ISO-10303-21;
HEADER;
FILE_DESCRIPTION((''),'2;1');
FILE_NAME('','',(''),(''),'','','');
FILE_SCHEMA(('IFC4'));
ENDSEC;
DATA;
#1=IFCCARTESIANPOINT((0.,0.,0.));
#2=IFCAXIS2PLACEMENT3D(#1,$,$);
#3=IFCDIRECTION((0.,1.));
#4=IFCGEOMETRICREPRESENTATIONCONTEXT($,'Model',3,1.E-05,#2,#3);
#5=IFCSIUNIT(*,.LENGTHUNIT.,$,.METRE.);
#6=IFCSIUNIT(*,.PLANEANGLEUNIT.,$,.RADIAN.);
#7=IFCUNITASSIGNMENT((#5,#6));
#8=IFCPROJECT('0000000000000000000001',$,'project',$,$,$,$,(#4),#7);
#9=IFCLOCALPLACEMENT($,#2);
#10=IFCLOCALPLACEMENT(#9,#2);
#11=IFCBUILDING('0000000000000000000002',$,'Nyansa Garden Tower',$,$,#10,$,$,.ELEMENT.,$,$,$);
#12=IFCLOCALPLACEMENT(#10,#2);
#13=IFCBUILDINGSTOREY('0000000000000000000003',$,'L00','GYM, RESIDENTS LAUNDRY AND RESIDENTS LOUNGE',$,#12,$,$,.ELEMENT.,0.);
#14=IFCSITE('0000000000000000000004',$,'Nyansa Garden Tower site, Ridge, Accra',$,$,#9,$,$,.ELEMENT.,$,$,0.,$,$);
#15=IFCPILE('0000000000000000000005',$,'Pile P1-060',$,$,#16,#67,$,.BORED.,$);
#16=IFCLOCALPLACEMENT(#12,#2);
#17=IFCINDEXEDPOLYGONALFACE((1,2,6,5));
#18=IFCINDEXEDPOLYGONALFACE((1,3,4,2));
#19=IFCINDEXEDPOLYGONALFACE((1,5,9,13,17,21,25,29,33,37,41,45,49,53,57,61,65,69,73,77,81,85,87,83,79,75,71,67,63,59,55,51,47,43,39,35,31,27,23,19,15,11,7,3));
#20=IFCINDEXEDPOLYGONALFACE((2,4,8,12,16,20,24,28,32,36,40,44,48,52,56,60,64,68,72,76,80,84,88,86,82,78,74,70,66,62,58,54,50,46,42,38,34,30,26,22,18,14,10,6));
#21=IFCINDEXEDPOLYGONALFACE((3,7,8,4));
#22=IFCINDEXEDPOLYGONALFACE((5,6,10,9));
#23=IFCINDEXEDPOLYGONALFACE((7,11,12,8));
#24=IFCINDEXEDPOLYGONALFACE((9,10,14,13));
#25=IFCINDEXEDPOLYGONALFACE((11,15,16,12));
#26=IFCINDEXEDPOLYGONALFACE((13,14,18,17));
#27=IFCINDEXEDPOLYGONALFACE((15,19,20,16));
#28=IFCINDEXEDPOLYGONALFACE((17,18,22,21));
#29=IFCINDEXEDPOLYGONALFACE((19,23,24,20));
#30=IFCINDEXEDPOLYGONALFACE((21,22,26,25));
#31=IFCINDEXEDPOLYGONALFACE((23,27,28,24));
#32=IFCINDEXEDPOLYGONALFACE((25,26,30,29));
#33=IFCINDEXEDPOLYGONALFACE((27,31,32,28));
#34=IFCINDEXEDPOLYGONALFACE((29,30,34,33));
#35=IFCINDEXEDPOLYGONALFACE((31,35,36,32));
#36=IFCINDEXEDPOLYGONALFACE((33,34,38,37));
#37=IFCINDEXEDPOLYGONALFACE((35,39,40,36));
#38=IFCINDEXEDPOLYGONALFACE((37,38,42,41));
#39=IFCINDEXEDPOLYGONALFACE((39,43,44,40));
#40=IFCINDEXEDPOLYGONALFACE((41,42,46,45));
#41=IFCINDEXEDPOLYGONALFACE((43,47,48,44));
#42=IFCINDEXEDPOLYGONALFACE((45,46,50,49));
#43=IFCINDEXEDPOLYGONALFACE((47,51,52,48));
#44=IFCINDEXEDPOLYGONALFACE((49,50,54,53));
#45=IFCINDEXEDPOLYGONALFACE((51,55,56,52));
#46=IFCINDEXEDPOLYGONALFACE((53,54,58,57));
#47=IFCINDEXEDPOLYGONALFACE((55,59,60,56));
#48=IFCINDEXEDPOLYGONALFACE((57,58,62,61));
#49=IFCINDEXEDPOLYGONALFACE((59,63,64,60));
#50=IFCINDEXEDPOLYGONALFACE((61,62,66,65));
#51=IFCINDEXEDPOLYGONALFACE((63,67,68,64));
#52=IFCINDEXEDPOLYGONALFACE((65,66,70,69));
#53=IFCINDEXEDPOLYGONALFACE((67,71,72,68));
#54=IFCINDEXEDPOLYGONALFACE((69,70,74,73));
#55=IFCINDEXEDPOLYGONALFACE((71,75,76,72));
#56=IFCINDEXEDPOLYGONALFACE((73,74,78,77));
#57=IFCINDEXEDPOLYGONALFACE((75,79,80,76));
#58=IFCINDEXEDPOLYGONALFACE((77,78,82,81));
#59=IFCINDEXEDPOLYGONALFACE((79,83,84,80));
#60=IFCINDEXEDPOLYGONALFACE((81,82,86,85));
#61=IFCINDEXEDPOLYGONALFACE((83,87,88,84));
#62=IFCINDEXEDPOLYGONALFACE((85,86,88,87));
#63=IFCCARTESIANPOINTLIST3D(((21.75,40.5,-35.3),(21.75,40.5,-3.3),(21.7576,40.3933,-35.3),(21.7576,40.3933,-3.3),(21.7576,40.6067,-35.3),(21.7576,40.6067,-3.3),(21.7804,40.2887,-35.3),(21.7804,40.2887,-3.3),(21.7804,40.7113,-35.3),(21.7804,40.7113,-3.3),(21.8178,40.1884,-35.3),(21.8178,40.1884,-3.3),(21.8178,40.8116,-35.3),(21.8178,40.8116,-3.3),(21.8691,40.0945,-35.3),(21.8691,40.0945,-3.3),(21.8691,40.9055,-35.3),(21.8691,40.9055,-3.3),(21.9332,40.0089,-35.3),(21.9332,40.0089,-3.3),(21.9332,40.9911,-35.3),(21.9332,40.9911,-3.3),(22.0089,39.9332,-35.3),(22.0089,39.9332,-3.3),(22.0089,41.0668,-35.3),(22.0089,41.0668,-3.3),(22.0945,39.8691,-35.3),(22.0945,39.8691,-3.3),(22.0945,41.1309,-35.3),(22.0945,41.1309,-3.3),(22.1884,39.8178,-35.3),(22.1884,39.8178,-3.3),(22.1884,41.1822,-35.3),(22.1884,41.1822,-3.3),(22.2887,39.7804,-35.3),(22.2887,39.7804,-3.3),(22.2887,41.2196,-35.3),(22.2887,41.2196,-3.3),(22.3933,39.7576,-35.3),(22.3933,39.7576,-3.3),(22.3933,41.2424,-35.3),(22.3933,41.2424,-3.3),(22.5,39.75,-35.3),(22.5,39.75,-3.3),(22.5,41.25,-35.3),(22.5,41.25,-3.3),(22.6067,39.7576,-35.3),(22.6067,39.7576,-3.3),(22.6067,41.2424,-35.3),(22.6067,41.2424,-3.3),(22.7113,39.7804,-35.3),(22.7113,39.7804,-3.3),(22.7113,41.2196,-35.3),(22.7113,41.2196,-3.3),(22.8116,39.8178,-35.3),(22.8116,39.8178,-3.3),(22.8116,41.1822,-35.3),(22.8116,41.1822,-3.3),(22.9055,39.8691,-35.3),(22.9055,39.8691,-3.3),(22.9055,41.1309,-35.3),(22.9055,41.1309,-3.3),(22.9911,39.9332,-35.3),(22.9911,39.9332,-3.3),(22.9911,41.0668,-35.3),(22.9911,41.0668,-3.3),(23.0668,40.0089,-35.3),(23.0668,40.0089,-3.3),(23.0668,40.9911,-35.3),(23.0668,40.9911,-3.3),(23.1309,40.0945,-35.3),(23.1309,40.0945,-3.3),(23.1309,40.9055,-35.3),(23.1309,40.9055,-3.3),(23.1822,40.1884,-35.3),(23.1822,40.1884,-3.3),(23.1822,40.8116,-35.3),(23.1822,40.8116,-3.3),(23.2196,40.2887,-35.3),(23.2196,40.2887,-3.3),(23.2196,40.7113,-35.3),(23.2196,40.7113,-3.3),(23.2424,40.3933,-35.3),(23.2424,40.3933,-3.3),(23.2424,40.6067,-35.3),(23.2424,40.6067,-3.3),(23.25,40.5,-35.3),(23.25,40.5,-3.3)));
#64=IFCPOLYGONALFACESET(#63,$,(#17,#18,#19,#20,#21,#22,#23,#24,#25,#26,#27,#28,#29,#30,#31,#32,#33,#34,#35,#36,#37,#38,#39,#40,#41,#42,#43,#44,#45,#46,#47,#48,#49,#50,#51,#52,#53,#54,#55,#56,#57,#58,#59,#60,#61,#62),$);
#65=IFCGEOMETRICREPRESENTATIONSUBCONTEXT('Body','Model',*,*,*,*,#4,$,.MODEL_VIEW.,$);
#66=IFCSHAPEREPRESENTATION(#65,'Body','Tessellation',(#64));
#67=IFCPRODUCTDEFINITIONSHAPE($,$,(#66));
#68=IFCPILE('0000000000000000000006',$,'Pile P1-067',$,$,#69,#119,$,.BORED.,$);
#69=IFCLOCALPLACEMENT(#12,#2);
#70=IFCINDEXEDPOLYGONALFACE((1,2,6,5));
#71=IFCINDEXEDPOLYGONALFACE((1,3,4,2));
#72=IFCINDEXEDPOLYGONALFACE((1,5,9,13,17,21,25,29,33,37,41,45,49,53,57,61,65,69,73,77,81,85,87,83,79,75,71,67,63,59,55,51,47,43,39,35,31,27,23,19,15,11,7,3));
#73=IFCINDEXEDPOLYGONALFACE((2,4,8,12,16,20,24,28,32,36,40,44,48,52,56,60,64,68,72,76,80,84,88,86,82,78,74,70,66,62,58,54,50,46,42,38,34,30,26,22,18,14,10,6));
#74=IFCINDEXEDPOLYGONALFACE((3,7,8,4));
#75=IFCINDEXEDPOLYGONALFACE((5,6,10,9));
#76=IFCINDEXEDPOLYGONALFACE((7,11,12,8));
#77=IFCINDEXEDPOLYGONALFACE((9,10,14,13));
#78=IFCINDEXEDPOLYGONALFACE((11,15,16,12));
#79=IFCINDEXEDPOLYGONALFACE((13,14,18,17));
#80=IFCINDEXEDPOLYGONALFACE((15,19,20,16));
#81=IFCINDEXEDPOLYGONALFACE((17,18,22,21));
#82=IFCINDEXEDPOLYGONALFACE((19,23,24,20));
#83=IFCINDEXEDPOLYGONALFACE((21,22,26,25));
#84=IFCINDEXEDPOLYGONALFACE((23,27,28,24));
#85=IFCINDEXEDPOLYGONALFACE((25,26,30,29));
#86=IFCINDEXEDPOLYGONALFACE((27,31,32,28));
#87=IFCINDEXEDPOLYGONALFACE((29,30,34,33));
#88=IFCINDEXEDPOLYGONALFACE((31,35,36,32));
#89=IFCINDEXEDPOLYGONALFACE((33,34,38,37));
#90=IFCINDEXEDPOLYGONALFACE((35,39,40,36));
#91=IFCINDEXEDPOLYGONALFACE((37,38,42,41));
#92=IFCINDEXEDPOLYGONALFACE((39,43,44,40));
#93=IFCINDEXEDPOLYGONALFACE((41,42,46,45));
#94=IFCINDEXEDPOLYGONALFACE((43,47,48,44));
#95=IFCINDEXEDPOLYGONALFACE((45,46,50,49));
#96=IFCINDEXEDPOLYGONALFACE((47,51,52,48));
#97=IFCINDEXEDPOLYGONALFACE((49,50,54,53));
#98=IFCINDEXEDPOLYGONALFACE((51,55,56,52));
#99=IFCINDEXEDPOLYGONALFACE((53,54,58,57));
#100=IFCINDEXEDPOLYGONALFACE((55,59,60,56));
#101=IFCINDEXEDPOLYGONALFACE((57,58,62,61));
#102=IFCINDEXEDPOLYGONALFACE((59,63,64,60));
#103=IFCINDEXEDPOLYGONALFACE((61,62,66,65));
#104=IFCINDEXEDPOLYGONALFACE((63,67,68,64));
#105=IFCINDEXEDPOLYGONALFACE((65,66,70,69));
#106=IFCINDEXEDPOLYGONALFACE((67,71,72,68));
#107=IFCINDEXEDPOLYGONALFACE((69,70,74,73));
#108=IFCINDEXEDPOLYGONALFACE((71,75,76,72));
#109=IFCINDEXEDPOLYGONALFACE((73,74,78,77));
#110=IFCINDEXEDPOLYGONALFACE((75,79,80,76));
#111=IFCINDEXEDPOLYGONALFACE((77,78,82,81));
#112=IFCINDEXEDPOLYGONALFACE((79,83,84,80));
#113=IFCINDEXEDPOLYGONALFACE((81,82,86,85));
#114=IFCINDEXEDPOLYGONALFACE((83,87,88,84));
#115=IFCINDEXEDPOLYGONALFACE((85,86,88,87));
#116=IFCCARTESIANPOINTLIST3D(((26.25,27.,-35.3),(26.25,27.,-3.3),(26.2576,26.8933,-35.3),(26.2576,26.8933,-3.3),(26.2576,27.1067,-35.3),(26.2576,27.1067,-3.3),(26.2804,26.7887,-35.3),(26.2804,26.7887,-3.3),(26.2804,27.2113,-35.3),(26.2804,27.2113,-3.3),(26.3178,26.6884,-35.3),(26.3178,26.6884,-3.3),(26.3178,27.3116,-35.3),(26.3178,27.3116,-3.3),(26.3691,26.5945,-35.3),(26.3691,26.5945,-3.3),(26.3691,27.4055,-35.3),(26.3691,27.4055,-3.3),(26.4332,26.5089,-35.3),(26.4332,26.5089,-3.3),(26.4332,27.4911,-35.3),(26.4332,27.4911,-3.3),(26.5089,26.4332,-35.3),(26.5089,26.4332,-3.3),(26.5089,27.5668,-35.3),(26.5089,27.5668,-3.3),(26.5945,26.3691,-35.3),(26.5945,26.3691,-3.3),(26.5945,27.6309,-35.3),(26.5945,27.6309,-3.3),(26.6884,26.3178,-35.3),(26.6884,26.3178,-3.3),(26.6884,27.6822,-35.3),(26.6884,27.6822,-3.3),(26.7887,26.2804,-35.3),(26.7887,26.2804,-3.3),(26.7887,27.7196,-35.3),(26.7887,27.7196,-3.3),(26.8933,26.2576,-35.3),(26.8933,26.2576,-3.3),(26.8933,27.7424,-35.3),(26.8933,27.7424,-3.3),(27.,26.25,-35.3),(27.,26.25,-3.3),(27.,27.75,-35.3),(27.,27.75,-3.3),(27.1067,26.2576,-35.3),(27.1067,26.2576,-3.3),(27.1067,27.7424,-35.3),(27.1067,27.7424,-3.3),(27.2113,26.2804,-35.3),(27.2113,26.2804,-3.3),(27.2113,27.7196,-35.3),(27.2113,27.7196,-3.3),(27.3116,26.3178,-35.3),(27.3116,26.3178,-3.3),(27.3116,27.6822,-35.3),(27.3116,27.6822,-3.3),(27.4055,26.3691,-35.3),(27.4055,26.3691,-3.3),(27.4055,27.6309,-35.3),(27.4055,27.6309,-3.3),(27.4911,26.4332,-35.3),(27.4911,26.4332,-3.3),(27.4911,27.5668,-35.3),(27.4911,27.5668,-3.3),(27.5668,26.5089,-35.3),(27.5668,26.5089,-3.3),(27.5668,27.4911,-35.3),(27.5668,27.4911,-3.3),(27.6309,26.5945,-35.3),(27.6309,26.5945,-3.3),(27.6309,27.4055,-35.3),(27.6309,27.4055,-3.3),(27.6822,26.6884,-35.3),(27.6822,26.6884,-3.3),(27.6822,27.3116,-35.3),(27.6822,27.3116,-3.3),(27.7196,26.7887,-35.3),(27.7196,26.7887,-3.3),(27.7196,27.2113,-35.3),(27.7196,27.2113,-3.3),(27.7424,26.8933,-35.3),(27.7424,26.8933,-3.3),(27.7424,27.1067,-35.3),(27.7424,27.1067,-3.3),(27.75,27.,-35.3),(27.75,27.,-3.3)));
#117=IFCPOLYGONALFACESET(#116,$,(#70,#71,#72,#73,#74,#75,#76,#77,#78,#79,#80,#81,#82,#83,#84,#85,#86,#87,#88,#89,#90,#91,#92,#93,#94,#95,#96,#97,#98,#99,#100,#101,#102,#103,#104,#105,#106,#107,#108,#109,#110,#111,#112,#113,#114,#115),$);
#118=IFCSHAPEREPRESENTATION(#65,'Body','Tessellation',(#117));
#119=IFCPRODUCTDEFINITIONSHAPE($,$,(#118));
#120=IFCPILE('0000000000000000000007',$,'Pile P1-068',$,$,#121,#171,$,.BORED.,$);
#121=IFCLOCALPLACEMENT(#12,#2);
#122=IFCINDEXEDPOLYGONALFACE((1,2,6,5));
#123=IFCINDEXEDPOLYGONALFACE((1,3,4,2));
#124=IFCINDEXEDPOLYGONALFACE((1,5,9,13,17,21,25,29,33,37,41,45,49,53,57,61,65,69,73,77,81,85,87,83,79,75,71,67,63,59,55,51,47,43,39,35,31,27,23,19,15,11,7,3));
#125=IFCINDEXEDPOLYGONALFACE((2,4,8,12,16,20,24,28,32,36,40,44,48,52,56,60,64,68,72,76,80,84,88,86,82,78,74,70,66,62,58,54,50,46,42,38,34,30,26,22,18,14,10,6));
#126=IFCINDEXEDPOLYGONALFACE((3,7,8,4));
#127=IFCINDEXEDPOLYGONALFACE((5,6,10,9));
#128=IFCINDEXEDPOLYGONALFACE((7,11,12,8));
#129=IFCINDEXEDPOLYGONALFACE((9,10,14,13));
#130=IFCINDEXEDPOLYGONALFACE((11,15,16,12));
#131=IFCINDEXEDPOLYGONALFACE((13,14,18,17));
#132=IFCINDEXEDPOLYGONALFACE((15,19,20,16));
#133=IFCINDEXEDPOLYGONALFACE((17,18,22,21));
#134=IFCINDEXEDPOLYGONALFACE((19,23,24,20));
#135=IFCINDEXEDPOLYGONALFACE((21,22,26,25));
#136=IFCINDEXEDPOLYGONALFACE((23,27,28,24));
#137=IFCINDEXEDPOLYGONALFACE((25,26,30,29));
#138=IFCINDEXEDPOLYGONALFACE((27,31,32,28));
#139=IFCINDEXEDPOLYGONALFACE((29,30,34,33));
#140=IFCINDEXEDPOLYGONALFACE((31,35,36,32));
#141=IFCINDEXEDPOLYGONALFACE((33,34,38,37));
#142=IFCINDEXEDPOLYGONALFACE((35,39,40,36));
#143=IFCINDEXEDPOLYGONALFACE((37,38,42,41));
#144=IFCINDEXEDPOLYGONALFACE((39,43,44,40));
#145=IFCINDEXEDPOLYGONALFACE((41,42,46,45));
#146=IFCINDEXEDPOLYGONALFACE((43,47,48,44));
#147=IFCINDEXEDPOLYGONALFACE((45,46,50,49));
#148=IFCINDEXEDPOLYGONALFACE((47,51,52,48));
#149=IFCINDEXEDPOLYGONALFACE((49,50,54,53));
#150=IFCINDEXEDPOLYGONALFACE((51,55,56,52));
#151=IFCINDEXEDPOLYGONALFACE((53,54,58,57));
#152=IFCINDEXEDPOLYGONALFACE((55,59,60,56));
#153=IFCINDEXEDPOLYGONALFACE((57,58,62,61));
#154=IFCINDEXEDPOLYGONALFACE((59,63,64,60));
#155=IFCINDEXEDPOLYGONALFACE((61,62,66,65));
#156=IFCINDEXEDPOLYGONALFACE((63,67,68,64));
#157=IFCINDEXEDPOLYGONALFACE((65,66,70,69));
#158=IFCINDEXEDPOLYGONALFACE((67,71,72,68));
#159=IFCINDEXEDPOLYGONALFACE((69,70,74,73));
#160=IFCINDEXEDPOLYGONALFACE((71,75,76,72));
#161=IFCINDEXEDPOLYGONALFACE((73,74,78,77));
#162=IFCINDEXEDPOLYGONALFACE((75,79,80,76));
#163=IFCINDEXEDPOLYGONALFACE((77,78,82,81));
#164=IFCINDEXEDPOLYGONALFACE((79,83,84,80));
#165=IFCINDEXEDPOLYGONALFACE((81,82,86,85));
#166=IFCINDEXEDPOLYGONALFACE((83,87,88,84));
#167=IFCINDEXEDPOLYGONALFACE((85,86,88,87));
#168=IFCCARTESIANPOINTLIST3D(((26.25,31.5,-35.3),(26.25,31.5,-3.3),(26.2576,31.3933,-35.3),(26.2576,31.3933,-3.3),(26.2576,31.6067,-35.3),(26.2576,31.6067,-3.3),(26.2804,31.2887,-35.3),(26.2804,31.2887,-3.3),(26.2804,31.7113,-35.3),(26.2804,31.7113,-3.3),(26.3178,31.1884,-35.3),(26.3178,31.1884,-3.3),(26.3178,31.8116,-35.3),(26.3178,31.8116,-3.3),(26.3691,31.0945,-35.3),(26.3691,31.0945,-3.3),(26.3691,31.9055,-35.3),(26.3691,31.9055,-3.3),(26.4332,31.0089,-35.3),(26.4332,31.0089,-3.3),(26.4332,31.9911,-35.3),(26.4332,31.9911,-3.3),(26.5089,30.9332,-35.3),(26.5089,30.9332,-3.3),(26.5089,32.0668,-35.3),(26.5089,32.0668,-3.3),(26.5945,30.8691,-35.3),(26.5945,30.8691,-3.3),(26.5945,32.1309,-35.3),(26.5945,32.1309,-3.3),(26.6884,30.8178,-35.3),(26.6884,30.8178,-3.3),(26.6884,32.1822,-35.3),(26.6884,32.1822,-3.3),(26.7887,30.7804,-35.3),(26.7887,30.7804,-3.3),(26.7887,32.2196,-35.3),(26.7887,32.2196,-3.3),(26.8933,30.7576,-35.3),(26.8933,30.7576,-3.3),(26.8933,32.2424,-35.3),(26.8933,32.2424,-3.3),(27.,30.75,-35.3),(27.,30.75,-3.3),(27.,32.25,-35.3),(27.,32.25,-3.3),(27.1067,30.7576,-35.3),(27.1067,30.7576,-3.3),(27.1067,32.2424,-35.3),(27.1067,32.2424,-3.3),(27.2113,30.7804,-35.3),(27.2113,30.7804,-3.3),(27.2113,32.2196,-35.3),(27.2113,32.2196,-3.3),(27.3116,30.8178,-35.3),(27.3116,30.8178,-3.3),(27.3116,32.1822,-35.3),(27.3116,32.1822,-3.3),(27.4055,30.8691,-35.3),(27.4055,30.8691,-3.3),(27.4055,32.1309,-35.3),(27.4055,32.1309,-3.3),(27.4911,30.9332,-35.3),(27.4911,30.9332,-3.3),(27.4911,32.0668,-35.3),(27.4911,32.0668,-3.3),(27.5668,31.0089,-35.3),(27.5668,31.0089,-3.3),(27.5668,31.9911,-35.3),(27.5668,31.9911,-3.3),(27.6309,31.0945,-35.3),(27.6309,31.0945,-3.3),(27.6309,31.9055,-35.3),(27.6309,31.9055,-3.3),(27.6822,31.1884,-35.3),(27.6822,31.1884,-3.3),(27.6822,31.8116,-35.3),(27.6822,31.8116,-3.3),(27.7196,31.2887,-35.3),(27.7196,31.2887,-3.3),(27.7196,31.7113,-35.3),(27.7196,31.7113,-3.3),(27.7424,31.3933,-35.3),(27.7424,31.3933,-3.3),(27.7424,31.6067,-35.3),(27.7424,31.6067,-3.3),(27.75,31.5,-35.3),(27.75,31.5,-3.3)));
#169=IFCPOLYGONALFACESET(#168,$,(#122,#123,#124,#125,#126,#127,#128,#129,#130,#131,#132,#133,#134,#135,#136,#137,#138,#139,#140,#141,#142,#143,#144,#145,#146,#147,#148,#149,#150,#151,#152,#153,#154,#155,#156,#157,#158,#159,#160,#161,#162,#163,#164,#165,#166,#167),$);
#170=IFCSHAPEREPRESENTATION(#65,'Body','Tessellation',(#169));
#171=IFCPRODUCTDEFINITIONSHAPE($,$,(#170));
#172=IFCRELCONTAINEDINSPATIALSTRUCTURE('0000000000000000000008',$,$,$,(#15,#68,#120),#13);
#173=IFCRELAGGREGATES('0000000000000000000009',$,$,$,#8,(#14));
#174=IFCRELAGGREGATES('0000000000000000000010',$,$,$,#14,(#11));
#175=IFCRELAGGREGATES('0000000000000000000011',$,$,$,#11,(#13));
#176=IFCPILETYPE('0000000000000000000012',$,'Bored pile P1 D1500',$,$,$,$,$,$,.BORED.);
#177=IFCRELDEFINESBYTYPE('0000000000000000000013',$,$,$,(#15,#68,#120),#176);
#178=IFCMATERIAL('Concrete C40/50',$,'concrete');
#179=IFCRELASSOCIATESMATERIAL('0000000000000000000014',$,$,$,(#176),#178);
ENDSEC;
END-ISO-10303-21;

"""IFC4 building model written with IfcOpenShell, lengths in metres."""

from ifc_helpers import new_model, si_unit, direction, frame, origin, origin_2d, place, context, subcontext, project, spatial, circle, extrude, material, type_object, element, save


model = new_model("IFC4")

# Units and contexts
model_context = context("Model", 3, precision=1e-05, world=origin(), true_north=direction((0.0, 1.0)))
body_context = subcontext(model_context, "Body", "Model", "MODEL_VIEW")
ifc_project = project(units=[si_unit("LENGTHUNIT", "METRE"), si_unit("PLANEANGLEUNIT", "RADIAN")], contexts=[model_context])

# Site, building, storey
site_placement = place(None, origin())
site = spatial("IfcSite", under=ifc_project, at=site_placement, Name="Nyansa Garden Tower site, Ridge, Accra", CompositionType="ELEMENT", RefElevation=0.0)
building_placement = place(site_placement, origin())
building = spatial("IfcBuilding", under=site, at=building_placement, Name="Nyansa Garden Tower", CompositionType="ELEMENT")
storey_placement = place(building_placement, origin())
storey = spatial("IfcBuildingStorey", under=building, at=storey_placement, Name="L00", Description="GYM, RESIDENTS LAUNDRY AND RESIDENTS LOUNGE", CompositionType="ELEMENT", Elevation=0.0)

# Piles
ifc_material_1 = material(Name="Concrete C40/50", Category="concrete")
pile_type = type_object("IfcPileType", Name="Bored pile P1 D1500", PredefinedType="BORED", material=ifc_material_1)
for number, where, z_axis, x_axis, name in (
    (1, (22.5, 40.5, -3.3), (0.0, 0.0, -1.0), (1.0, 0.0, 0.0), "Pile P1-060"),
    (2, (27.0, 27.0, -3.3), (0.0, 0.0, -1.0), (1.0, 0.0, 0.0), "Pile P1-067"),
    (3, (27.0, 31.5, -3.3), (0.0, 0.0, -1.0), (1.0, 0.0, 0.0), "Pile P1-068"),
):
    element("IfcPile", number, at=place(storey_placement, frame(where, z_axis=z_axis, x_axis=x_axis)), inside=storey, type_object=pile_type, Name=name, PredefinedType="BORED", context=body_context, shape_type="SweptSolid", body=[
        extrude(circle(Radius=0.75, at=origin_2d()), origin(), (0.0, 0.0, 1.0), 32.0),
    ])

save(model, "model.ifc")
